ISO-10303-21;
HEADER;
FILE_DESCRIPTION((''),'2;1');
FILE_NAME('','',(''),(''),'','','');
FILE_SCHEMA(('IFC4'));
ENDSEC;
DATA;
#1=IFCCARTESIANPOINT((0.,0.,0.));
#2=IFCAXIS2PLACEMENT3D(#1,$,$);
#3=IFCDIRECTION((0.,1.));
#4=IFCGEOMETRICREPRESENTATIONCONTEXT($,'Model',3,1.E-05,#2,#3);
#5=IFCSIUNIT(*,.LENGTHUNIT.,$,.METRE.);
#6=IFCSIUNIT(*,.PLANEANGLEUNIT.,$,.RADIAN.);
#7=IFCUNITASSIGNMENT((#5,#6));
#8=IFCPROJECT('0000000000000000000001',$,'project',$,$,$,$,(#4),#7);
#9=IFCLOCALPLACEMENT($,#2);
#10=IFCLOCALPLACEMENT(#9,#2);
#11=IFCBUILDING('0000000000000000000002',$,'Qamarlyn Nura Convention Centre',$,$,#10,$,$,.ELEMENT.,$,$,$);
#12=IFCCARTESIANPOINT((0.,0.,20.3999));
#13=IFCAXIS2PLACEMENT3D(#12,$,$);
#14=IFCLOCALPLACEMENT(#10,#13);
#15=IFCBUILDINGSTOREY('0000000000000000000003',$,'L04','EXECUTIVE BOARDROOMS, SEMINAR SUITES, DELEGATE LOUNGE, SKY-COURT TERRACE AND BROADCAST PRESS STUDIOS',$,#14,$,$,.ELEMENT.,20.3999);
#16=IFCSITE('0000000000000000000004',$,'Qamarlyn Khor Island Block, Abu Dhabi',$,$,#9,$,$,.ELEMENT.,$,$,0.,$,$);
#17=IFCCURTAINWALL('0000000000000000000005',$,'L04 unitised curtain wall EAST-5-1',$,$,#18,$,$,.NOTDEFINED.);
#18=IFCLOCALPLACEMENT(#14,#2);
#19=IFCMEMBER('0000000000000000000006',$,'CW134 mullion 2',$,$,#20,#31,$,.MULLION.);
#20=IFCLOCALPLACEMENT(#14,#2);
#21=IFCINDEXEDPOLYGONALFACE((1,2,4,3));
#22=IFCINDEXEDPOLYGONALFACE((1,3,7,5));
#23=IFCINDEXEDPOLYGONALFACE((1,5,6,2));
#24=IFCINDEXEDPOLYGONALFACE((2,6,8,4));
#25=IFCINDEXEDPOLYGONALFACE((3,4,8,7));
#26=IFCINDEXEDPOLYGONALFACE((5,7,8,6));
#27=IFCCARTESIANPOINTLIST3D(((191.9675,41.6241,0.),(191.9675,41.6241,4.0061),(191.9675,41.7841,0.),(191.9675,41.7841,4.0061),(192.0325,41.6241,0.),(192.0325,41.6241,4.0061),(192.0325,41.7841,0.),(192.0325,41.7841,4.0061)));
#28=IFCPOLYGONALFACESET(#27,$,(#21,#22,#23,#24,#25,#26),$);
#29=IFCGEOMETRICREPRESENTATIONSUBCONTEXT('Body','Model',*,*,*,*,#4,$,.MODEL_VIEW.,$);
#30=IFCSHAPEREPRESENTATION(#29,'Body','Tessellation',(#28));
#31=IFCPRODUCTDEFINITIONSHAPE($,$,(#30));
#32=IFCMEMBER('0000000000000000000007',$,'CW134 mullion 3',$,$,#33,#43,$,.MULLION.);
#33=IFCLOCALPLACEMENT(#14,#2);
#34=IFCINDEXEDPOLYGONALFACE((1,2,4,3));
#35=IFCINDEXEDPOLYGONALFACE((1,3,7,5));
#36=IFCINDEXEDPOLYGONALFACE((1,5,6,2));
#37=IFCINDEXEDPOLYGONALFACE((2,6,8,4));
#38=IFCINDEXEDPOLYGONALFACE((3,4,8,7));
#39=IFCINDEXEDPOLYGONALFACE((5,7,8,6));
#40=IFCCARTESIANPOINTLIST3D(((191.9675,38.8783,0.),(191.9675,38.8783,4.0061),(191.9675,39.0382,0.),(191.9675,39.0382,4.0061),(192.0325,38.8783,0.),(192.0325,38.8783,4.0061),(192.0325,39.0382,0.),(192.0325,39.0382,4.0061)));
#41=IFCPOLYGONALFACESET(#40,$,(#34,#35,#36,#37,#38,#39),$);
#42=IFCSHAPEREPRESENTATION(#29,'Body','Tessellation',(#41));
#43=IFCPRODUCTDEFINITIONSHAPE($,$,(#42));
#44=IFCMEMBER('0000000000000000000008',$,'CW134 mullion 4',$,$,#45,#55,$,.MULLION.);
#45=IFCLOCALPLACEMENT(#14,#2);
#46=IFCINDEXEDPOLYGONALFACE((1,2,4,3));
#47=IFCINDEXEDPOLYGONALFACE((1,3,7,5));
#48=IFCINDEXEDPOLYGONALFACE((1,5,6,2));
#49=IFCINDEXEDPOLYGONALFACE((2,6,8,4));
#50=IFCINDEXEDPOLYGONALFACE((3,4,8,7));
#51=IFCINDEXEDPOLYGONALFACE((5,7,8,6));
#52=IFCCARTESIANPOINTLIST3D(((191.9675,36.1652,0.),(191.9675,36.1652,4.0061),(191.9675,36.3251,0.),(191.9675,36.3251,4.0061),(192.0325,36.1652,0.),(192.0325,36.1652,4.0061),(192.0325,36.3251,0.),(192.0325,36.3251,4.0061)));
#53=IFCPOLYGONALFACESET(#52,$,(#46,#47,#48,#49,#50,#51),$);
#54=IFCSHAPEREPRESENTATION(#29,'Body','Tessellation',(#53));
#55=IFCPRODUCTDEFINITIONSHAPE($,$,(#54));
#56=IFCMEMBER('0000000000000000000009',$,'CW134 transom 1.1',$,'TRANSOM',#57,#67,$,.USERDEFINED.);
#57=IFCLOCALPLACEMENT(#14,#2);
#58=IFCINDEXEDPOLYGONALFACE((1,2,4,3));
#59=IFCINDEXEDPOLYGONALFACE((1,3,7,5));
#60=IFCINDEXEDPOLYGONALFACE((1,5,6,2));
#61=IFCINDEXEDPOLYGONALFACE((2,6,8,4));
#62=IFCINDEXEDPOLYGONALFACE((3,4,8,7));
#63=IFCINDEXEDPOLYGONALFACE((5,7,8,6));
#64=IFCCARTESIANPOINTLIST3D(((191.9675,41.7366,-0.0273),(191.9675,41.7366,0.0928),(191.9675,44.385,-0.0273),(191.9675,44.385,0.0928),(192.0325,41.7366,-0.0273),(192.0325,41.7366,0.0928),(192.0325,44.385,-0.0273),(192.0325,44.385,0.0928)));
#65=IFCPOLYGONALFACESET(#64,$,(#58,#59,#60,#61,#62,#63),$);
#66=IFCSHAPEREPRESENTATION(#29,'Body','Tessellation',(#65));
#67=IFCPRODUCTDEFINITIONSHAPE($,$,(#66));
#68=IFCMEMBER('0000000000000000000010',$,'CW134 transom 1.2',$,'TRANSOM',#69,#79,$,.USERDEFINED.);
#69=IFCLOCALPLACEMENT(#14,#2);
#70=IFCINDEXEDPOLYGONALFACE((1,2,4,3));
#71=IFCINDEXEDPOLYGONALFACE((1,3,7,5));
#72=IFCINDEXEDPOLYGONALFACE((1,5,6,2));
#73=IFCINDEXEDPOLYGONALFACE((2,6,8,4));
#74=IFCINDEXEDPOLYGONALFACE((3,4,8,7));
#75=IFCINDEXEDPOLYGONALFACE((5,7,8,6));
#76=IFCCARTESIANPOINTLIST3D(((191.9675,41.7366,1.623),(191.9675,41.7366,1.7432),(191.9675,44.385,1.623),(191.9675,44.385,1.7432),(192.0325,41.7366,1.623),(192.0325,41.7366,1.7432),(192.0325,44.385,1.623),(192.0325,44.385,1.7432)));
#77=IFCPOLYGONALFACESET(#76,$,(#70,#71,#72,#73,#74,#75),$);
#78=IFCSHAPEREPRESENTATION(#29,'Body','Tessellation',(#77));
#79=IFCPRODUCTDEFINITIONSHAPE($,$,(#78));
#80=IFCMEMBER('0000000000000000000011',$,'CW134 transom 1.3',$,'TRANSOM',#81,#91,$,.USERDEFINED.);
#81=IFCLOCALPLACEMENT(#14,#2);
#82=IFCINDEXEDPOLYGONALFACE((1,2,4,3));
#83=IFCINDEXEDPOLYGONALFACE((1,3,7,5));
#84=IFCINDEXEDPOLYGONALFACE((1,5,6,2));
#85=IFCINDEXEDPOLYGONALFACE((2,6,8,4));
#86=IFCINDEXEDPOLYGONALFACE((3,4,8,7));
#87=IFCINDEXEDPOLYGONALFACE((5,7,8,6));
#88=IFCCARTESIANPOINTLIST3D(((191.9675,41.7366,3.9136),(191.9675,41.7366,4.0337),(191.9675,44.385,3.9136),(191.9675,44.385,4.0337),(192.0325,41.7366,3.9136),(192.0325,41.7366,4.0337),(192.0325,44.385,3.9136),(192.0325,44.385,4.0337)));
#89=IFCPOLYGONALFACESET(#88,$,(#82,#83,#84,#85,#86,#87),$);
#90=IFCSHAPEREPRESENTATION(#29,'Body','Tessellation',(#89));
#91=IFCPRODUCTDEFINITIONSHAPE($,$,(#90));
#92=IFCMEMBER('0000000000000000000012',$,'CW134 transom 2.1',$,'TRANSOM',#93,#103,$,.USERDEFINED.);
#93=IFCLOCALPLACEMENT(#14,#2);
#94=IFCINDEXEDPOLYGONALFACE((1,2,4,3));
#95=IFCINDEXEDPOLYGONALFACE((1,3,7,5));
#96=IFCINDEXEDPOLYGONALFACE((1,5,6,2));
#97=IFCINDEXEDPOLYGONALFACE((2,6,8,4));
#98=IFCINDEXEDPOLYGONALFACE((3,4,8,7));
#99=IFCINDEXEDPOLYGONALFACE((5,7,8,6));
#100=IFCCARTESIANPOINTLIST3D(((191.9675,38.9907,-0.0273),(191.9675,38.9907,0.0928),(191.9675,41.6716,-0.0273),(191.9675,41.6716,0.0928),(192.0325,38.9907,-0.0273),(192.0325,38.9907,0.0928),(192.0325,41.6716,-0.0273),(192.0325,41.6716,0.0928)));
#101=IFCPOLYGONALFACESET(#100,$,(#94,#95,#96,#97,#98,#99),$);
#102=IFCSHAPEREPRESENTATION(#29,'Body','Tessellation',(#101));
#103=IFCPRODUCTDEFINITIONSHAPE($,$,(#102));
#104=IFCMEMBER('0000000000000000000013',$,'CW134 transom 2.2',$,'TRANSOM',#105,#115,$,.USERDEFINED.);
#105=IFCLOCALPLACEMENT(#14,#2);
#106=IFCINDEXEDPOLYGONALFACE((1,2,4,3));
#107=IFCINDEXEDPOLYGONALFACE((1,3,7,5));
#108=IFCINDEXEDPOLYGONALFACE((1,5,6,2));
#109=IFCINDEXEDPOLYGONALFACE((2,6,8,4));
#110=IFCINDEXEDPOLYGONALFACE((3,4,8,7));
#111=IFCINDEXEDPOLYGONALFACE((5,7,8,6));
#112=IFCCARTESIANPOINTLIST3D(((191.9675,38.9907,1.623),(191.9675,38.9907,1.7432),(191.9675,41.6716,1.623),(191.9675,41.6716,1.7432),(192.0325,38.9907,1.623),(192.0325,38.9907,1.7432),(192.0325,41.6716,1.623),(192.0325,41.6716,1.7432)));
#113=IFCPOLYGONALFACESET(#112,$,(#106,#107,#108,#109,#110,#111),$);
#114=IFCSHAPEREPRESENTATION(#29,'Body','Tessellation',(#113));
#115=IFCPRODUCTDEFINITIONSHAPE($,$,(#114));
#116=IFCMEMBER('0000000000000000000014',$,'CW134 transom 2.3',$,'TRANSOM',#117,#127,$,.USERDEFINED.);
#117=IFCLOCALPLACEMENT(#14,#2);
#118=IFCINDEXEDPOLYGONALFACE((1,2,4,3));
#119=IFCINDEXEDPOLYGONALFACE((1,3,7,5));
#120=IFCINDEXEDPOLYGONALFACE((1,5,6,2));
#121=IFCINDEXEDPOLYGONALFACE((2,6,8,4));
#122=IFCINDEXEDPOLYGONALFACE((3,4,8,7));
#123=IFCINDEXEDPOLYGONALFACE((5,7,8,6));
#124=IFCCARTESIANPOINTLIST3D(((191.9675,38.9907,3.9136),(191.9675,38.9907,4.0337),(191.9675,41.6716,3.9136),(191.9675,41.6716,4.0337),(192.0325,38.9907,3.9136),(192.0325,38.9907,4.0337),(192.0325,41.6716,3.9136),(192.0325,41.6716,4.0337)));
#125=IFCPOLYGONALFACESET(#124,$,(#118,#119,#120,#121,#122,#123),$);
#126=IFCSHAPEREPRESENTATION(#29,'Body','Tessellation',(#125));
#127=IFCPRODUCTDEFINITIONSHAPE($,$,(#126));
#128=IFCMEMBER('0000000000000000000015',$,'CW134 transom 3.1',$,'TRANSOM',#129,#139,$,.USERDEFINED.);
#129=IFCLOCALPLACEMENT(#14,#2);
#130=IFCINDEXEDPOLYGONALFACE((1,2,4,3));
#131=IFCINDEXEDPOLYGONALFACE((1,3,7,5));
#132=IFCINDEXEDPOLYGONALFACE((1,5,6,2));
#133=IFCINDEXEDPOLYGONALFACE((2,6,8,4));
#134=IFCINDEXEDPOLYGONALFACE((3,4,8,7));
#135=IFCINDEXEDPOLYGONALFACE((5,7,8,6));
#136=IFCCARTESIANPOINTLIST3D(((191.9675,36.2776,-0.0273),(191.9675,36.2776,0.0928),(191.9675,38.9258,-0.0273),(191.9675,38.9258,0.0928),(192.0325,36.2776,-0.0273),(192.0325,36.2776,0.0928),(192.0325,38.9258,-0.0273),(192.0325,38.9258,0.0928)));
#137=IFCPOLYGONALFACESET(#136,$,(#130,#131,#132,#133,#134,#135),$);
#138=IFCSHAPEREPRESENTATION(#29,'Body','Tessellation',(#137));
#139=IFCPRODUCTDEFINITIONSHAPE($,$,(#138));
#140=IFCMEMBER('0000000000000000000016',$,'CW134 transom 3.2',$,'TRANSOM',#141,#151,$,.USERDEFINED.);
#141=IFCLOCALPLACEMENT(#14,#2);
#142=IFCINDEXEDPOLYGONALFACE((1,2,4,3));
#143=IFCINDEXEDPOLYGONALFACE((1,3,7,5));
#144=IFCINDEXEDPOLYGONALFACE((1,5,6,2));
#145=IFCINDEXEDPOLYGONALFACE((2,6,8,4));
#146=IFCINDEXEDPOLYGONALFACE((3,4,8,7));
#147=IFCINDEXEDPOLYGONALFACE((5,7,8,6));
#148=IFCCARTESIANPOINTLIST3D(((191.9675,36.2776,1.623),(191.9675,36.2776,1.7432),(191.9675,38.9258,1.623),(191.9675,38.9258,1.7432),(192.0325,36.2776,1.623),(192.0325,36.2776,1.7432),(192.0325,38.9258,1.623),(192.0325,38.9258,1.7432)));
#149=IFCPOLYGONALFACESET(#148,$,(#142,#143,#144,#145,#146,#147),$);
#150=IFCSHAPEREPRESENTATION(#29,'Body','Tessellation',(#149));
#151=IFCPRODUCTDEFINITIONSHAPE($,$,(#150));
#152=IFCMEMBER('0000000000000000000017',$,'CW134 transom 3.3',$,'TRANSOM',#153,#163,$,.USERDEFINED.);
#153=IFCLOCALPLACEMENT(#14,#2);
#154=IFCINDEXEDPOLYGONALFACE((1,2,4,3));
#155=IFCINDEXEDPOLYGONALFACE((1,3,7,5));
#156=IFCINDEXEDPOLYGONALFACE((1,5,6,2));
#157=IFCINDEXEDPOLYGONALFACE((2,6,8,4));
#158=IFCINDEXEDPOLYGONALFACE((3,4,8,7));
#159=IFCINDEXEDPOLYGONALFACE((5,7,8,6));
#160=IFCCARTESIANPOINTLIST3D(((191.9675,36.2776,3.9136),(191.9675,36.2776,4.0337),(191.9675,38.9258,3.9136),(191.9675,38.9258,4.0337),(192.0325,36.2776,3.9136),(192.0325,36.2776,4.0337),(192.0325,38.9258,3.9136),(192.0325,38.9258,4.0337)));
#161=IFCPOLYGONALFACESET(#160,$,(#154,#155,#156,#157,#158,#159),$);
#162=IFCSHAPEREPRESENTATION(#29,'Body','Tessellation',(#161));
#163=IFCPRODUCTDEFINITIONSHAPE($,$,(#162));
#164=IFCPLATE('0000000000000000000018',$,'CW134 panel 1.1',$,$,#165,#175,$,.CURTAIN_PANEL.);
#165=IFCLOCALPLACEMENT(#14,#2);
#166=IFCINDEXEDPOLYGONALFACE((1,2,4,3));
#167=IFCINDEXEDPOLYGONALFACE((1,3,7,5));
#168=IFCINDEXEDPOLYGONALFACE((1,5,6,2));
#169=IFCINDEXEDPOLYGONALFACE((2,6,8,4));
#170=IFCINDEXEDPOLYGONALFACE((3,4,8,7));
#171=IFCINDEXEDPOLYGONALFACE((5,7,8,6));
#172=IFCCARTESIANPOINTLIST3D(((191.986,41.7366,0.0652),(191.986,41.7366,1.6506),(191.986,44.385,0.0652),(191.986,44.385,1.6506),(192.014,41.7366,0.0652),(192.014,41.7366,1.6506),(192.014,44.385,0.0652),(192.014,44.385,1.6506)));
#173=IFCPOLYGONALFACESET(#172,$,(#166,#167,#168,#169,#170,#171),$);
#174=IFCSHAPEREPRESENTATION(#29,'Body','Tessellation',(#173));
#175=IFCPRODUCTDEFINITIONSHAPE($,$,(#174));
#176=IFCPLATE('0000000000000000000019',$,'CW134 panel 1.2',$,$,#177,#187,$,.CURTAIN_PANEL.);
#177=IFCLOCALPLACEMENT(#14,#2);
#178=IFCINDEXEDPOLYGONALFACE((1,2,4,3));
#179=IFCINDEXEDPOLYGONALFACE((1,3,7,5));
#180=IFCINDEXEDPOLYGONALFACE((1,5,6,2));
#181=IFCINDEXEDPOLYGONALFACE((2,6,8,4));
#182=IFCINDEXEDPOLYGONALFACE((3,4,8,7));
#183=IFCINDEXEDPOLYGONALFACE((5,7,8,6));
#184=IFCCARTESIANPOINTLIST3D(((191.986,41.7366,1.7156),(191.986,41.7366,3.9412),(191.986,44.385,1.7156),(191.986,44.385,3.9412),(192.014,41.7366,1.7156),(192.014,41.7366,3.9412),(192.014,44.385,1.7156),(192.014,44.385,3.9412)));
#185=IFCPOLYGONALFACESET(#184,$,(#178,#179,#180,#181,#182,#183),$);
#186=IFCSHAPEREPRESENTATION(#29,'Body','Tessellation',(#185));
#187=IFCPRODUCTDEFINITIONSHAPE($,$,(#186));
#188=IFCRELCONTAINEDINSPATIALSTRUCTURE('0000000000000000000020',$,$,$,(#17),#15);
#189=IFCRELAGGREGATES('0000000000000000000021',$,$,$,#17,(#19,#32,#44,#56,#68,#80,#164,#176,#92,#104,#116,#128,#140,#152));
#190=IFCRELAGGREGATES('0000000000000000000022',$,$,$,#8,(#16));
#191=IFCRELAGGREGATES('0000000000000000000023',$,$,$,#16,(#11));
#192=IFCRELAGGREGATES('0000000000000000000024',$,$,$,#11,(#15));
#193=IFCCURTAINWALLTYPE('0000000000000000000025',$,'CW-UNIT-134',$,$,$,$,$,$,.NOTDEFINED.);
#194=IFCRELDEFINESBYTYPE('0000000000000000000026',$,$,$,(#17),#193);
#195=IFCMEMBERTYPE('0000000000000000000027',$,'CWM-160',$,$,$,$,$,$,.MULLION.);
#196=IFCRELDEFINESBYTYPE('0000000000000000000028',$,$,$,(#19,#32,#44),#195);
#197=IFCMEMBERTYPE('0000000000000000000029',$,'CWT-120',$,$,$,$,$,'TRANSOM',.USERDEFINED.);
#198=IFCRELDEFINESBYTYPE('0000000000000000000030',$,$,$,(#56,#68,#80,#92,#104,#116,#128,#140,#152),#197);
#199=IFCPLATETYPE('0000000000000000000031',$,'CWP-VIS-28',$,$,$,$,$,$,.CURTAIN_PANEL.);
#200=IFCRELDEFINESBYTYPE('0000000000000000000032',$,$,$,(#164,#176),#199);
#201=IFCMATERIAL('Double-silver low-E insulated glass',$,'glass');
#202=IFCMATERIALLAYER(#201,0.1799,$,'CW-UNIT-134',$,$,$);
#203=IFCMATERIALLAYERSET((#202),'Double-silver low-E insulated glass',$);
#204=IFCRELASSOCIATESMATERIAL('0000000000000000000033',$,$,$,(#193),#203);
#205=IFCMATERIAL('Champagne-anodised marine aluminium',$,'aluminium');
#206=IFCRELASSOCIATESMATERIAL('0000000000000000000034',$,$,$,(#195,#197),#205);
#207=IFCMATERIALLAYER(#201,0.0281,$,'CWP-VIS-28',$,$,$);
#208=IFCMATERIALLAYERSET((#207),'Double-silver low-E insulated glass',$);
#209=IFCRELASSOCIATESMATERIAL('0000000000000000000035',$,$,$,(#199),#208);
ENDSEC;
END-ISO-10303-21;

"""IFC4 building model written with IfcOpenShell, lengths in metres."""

from ifc_helpers import new_model, si_unit, direction, frame, origin, origin_2d, place, context, subcontext, project, spatial, rectangle, extrude, material, layer, layer_set, material_profile, profile_set, type_object, element, aggregate, save


model = new_model("IFC4")

# Units and contexts
model_context = context("Model", 3, precision=1e-05, world=origin(), true_north=direction((0.0, 1.0)))
body_context = subcontext(model_context, "Body", "Model", "MODEL_VIEW")
ifc_project = project(units=[si_unit("LENGTHUNIT", "METRE"), si_unit("PLANEANGLEUNIT", "RADIAN")], contexts=[model_context])

# Site, building, storey
site_placement = place(None, origin())
site = spatial("IfcSite", under=ifc_project, at=site_placement, Name="Qamarlyn Khor Island Block, Abu Dhabi", CompositionType="ELEMENT", RefElevation=0.0)
building_placement = place(site_placement, origin())
building = spatial("IfcBuilding", under=site, at=building_placement, Name="Qamarlyn Nura Convention Centre", CompositionType="ELEMENT")
storey_placement = place(building_placement, frame((0.0, 0.0, 20.3999)))
storey = spatial("IfcBuildingStorey", under=building, at=storey_placement, Name="L04", Description="EXECUTIVE BOARDROOMS, SEMINAR SUITES, DELEGATE LOUNGE, SKY-COURT TERRACE AND BROADCAST PRESS STUDIOS", CompositionType="ELEMENT", Elevation=20.3999)

# Shared definitions
ifc_material_1 = material(Name="Double-silver low-E insulated glass", Category="glass")
ifc_material_2 = material(Name="Champagne-anodised marine aluminium", Category="aluminium")

# Curtain wall, members, plates
ifc_layer_1 = layer(ifc_material_1, 0.1799, Name="CW-UNIT-134")
ifc_layer_set_1 = layer_set([ifc_layer_1], Name="Double-silver low-E insulated glass")
curtain_wall_type_1 = type_object("IfcCurtainWallType", Name="CW-UNIT-134", PredefinedType="NOTDEFINED", material=ifc_layer_set_1)
curtain_wall_1_placement = place(storey_placement, origin())
curtain_wall_1 = element("IfcCurtainWall", 1, at=curtain_wall_1_placement, inside=storey, type_object=curtain_wall_type_1, Name="L04 unitised curtain wall EAST-5-1", PredefinedType="NOTDEFINED")
ifc_material_profile_1 = material_profile(ifc_material_2, rectangle(XDim=0.0649, YDim=0.1599, at=origin_2d()), Name="ALU MULLION 65x160")
ifc_profile_set_1 = profile_set([ifc_material_profile_1], Name="Champagne-anodised marine aluminium")
member_type_1 = type_object("IfcMemberType", Name="CWM-160", PredefinedType="MULLION", material=ifc_profile_set_1)
member_1_placement = place(storey_placement, frame((192.0, 41.7041, 0.0), z_axis=(0.0, 0.0, 1.0), x_axis=(1.0, 0.0, 0.0)))
member_1 = element("IfcMember", 2, at=member_1_placement, type_object=member_type_1, Name="CW134 mullion 2", PredefinedType="MULLION", context=body_context, shape_type="SweptSolid", body=[
    extrude(rectangle(XDim=0.0649, YDim=0.1599, at=origin_2d()), origin(), (0.0, 0.0, 1.0), 4.0061),
])
member_2_placement = place(storey_placement, frame((192.0, 38.9583, 0.0), z_axis=(0.0, 0.0, 1.0), x_axis=(1.0, 0.0, 0.0)))
member_2 = element("IfcMember", 3, at=member_2_placement, type_object=member_type_1, Name="CW134 mullion 3", PredefinedType="MULLION", context=body_context, shape_type="SweptSolid", body=[
    extrude(rectangle(XDim=0.0649, YDim=0.1599, at=origin_2d()), origin(), (0.0, 0.0, 1.0), 4.0061),
])
member_3_placement = place(storey_placement, frame((192.0, 36.2451, 0.0), z_axis=(0.0, 0.0, 1.0), x_axis=(1.0, 0.0, 0.0)))
member_3 = element("IfcMember", 4, at=member_3_placement, type_object=member_type_1, Name="CW134 mullion 4", PredefinedType="MULLION", context=body_context, shape_type="SweptSolid", body=[
    extrude(rectangle(XDim=0.0649, YDim=0.1599, at=origin_2d()), origin(), (0.0, 0.0, 1.0), 4.0061),
])
ifc_material_profile_2 = material_profile(ifc_material_2, rectangle(XDim=0.0649, YDim=0.1201, at=origin_2d()), Name="ALU TRANSOM 65x120")
ifc_profile_set_2 = profile_set([ifc_material_profile_2], Name="Champagne-anodised marine aluminium")
member_type_2 = type_object("IfcMemberType", Name="CWT-120", ElementType="TRANSOM", PredefinedType="USERDEFINED", material=ifc_profile_set_2)
member_4_placement = place(storey_placement, frame((192.0, 44.385, 0.0327), z_axis=(0.0, -1.0, 0.0), x_axis=(1.0, 0.0, 0.0)))
member_4 = element("IfcMember", 5, at=member_4_placement, type_object=member_type_2, Name="CW134 transom 1.1", ObjectType="TRANSOM", PredefinedType="USERDEFINED", context=body_context, shape_type="SweptSolid", body=[
    extrude(rectangle(XDim=0.0649, YDim=0.1201, at=origin_2d()), origin(), (0.0, 0.0, 1.0), 2.6484),
])
member_5_placement = place(storey_placement, frame((192.0, 44.385, 1.6831), z_axis=(0.0, -1.0, 0.0), x_axis=(1.0, 0.0, 0.0)))
member_5 = element("IfcMember", 6, at=member_5_placement, type_object=member_type_2, Name="CW134 transom 1.2", ObjectType="TRANSOM", PredefinedType="USERDEFINED", context=body_context, shape_type="SweptSolid", body=[
    extrude(rectangle(XDim=0.0649, YDim=0.1201, at=origin_2d()), origin(), (0.0, 0.0, 1.0), 2.6484),
])
member_6_placement = place(storey_placement, frame((192.0, 44.385, 3.9736), z_axis=(0.0, -1.0, 0.0), x_axis=(1.0, 0.0, 0.0)))
member_6 = element("IfcMember", 7, at=member_6_placement, type_object=member_type_2, Name="CW134 transom 1.3", ObjectType="TRANSOM", PredefinedType="USERDEFINED", context=body_context, shape_type="SweptSolid", body=[
    extrude(rectangle(XDim=0.0649, YDim=0.1201, at=origin_2d()), origin(), (0.0, 0.0, 1.0), 2.6484),
])
member_7_placement = place(storey_placement, frame((192.0, 41.6716, 0.0327), z_axis=(0.0, -1.0, 0.0), x_axis=(1.0, 0.0, 0.0)))
member_7 = element("IfcMember", 8, at=member_7_placement, type_object=member_type_2, Name="CW134 transom 2.1", ObjectType="TRANSOM", PredefinedType="USERDEFINED", context=body_context, shape_type="SweptSolid", body=[
    extrude(rectangle(XDim=0.0649, YDim=0.1201, at=origin_2d()), origin(), (0.0, 0.0, 1.0), 2.6809),
])
member_8_placement = place(storey_placement, frame((192.0, 41.6716, 1.6831), z_axis=(0.0, -1.0, 0.0), x_axis=(1.0, 0.0, 0.0)))
member_8 = element("IfcMember", 9, at=member_8_placement, type_object=member_type_2, Name="CW134 transom 2.2", ObjectType="TRANSOM", PredefinedType="USERDEFINED", context=body_context, shape_type="SweptSolid", body=[
    extrude(rectangle(XDim=0.0649, YDim=0.1201, at=origin_2d()), origin(), (0.0, 0.0, 1.0), 2.6809),
])
member_9_placement = place(storey_placement, frame((192.0, 41.6716, 3.9736), z_axis=(0.0, -1.0, 0.0), x_axis=(1.0, 0.0, 0.0)))
member_9 = element("IfcMember", 10, at=member_9_placement, type_object=member_type_2, Name="CW134 transom 2.3", ObjectType="TRANSOM", PredefinedType="USERDEFINED", context=body_context, shape_type="SweptSolid", body=[
    extrude(rectangle(XDim=0.0649, YDim=0.1201, at=origin_2d()), origin(), (0.0, 0.0, 1.0), 2.6809),
])
member_10_placement = place(storey_placement, frame((192.0, 38.9258, 0.0327), z_axis=(0.0, -1.0, 0.0), x_axis=(1.0, 0.0, 0.0)))
member_10 = element("IfcMember", 11, at=member_10_placement, type_object=member_type_2, Name="CW134 transom 3.1", ObjectType="TRANSOM", PredefinedType="USERDEFINED", context=body_context, shape_type="SweptSolid", body=[
    extrude(rectangle(XDim=0.0649, YDim=0.1201, at=origin_2d()), origin(), (0.0, 0.0, 1.0), 2.6482),
])
member_11_placement = place(storey_placement, frame((192.0, 38.9258, 1.6831), z_axis=(0.0, -1.0, 0.0), x_axis=(1.0, 0.0, 0.0)))
member_11 = element("IfcMember", 12, at=member_11_placement, type_object=member_type_2, Name="CW134 transom 3.2", ObjectType="TRANSOM", PredefinedType="USERDEFINED", context=body_context, shape_type="SweptSolid", body=[
    extrude(rectangle(XDim=0.0649, YDim=0.1201, at=origin_2d()), origin(), (0.0, 0.0, 1.0), 2.6482),
])
member_12_placement = place(storey_placement, frame((192.0, 38.9258, 3.9736), z_axis=(0.0, -1.0, 0.0), x_axis=(1.0, 0.0, 0.0)))
member_12 = element("IfcMember", 13, at=member_12_placement, type_object=member_type_2, Name="CW134 transom 3.3", ObjectType="TRANSOM", PredefinedType="USERDEFINED", context=body_context, shape_type="SweptSolid", body=[
    extrude(rectangle(XDim=0.0649, YDim=0.1201, at=origin_2d()), origin(), (0.0, 0.0, 1.0), 2.6482),
])
ifc_layer_2 = layer(ifc_material_1, 0.0281, Name="CWP-VIS-28")
ifc_layer_set_2 = layer_set([ifc_layer_2], Name="Double-silver low-E insulated glass")
plate_type = type_object("IfcPlateType", Name="CWP-VIS-28", PredefinedType="CURTAIN_PANEL", material=ifc_layer_set_2)
plate_1_placement = place(storey_placement, frame((192.0, 43.0608, 0.0652), z_axis=(0.0, 0.0, 1.0), x_axis=(0.0, -1.0, 0.0)))
plate_1 = element("IfcPlate", 14, at=plate_1_placement, type_object=plate_type, Name="CW134 panel 1.1", PredefinedType="CURTAIN_PANEL", context=body_context, shape_type="SweptSolid", body=[
    extrude(rectangle(XDim=2.6484, YDim=0.0281, at=origin_2d()), origin(), (0.0, 0.0, 1.0), 1.5854),
])
plate_2_placement = place(storey_placement, frame((192.0, 43.0608, 1.7156), z_axis=(0.0, 0.0, 1.0), x_axis=(0.0, -1.0, 0.0)))
plate_2 = element("IfcPlate", 15, at=plate_2_placement, type_object=plate_type, Name="CW134 panel 1.2", PredefinedType="CURTAIN_PANEL", context=body_context, shape_type="SweptSolid", body=[
    extrude(rectangle(XDim=2.6484, YDim=0.0281, at=origin_2d()), origin(), (0.0, 0.0, 1.0), 2.2256),
])
aggregate(curtain_wall_1, [member_1, member_2, member_3, member_4, member_5, member_6, plate_1, plate_2, member_7, member_8, member_9, member_10, member_11, member_12])

save(model, "model.ifc")
